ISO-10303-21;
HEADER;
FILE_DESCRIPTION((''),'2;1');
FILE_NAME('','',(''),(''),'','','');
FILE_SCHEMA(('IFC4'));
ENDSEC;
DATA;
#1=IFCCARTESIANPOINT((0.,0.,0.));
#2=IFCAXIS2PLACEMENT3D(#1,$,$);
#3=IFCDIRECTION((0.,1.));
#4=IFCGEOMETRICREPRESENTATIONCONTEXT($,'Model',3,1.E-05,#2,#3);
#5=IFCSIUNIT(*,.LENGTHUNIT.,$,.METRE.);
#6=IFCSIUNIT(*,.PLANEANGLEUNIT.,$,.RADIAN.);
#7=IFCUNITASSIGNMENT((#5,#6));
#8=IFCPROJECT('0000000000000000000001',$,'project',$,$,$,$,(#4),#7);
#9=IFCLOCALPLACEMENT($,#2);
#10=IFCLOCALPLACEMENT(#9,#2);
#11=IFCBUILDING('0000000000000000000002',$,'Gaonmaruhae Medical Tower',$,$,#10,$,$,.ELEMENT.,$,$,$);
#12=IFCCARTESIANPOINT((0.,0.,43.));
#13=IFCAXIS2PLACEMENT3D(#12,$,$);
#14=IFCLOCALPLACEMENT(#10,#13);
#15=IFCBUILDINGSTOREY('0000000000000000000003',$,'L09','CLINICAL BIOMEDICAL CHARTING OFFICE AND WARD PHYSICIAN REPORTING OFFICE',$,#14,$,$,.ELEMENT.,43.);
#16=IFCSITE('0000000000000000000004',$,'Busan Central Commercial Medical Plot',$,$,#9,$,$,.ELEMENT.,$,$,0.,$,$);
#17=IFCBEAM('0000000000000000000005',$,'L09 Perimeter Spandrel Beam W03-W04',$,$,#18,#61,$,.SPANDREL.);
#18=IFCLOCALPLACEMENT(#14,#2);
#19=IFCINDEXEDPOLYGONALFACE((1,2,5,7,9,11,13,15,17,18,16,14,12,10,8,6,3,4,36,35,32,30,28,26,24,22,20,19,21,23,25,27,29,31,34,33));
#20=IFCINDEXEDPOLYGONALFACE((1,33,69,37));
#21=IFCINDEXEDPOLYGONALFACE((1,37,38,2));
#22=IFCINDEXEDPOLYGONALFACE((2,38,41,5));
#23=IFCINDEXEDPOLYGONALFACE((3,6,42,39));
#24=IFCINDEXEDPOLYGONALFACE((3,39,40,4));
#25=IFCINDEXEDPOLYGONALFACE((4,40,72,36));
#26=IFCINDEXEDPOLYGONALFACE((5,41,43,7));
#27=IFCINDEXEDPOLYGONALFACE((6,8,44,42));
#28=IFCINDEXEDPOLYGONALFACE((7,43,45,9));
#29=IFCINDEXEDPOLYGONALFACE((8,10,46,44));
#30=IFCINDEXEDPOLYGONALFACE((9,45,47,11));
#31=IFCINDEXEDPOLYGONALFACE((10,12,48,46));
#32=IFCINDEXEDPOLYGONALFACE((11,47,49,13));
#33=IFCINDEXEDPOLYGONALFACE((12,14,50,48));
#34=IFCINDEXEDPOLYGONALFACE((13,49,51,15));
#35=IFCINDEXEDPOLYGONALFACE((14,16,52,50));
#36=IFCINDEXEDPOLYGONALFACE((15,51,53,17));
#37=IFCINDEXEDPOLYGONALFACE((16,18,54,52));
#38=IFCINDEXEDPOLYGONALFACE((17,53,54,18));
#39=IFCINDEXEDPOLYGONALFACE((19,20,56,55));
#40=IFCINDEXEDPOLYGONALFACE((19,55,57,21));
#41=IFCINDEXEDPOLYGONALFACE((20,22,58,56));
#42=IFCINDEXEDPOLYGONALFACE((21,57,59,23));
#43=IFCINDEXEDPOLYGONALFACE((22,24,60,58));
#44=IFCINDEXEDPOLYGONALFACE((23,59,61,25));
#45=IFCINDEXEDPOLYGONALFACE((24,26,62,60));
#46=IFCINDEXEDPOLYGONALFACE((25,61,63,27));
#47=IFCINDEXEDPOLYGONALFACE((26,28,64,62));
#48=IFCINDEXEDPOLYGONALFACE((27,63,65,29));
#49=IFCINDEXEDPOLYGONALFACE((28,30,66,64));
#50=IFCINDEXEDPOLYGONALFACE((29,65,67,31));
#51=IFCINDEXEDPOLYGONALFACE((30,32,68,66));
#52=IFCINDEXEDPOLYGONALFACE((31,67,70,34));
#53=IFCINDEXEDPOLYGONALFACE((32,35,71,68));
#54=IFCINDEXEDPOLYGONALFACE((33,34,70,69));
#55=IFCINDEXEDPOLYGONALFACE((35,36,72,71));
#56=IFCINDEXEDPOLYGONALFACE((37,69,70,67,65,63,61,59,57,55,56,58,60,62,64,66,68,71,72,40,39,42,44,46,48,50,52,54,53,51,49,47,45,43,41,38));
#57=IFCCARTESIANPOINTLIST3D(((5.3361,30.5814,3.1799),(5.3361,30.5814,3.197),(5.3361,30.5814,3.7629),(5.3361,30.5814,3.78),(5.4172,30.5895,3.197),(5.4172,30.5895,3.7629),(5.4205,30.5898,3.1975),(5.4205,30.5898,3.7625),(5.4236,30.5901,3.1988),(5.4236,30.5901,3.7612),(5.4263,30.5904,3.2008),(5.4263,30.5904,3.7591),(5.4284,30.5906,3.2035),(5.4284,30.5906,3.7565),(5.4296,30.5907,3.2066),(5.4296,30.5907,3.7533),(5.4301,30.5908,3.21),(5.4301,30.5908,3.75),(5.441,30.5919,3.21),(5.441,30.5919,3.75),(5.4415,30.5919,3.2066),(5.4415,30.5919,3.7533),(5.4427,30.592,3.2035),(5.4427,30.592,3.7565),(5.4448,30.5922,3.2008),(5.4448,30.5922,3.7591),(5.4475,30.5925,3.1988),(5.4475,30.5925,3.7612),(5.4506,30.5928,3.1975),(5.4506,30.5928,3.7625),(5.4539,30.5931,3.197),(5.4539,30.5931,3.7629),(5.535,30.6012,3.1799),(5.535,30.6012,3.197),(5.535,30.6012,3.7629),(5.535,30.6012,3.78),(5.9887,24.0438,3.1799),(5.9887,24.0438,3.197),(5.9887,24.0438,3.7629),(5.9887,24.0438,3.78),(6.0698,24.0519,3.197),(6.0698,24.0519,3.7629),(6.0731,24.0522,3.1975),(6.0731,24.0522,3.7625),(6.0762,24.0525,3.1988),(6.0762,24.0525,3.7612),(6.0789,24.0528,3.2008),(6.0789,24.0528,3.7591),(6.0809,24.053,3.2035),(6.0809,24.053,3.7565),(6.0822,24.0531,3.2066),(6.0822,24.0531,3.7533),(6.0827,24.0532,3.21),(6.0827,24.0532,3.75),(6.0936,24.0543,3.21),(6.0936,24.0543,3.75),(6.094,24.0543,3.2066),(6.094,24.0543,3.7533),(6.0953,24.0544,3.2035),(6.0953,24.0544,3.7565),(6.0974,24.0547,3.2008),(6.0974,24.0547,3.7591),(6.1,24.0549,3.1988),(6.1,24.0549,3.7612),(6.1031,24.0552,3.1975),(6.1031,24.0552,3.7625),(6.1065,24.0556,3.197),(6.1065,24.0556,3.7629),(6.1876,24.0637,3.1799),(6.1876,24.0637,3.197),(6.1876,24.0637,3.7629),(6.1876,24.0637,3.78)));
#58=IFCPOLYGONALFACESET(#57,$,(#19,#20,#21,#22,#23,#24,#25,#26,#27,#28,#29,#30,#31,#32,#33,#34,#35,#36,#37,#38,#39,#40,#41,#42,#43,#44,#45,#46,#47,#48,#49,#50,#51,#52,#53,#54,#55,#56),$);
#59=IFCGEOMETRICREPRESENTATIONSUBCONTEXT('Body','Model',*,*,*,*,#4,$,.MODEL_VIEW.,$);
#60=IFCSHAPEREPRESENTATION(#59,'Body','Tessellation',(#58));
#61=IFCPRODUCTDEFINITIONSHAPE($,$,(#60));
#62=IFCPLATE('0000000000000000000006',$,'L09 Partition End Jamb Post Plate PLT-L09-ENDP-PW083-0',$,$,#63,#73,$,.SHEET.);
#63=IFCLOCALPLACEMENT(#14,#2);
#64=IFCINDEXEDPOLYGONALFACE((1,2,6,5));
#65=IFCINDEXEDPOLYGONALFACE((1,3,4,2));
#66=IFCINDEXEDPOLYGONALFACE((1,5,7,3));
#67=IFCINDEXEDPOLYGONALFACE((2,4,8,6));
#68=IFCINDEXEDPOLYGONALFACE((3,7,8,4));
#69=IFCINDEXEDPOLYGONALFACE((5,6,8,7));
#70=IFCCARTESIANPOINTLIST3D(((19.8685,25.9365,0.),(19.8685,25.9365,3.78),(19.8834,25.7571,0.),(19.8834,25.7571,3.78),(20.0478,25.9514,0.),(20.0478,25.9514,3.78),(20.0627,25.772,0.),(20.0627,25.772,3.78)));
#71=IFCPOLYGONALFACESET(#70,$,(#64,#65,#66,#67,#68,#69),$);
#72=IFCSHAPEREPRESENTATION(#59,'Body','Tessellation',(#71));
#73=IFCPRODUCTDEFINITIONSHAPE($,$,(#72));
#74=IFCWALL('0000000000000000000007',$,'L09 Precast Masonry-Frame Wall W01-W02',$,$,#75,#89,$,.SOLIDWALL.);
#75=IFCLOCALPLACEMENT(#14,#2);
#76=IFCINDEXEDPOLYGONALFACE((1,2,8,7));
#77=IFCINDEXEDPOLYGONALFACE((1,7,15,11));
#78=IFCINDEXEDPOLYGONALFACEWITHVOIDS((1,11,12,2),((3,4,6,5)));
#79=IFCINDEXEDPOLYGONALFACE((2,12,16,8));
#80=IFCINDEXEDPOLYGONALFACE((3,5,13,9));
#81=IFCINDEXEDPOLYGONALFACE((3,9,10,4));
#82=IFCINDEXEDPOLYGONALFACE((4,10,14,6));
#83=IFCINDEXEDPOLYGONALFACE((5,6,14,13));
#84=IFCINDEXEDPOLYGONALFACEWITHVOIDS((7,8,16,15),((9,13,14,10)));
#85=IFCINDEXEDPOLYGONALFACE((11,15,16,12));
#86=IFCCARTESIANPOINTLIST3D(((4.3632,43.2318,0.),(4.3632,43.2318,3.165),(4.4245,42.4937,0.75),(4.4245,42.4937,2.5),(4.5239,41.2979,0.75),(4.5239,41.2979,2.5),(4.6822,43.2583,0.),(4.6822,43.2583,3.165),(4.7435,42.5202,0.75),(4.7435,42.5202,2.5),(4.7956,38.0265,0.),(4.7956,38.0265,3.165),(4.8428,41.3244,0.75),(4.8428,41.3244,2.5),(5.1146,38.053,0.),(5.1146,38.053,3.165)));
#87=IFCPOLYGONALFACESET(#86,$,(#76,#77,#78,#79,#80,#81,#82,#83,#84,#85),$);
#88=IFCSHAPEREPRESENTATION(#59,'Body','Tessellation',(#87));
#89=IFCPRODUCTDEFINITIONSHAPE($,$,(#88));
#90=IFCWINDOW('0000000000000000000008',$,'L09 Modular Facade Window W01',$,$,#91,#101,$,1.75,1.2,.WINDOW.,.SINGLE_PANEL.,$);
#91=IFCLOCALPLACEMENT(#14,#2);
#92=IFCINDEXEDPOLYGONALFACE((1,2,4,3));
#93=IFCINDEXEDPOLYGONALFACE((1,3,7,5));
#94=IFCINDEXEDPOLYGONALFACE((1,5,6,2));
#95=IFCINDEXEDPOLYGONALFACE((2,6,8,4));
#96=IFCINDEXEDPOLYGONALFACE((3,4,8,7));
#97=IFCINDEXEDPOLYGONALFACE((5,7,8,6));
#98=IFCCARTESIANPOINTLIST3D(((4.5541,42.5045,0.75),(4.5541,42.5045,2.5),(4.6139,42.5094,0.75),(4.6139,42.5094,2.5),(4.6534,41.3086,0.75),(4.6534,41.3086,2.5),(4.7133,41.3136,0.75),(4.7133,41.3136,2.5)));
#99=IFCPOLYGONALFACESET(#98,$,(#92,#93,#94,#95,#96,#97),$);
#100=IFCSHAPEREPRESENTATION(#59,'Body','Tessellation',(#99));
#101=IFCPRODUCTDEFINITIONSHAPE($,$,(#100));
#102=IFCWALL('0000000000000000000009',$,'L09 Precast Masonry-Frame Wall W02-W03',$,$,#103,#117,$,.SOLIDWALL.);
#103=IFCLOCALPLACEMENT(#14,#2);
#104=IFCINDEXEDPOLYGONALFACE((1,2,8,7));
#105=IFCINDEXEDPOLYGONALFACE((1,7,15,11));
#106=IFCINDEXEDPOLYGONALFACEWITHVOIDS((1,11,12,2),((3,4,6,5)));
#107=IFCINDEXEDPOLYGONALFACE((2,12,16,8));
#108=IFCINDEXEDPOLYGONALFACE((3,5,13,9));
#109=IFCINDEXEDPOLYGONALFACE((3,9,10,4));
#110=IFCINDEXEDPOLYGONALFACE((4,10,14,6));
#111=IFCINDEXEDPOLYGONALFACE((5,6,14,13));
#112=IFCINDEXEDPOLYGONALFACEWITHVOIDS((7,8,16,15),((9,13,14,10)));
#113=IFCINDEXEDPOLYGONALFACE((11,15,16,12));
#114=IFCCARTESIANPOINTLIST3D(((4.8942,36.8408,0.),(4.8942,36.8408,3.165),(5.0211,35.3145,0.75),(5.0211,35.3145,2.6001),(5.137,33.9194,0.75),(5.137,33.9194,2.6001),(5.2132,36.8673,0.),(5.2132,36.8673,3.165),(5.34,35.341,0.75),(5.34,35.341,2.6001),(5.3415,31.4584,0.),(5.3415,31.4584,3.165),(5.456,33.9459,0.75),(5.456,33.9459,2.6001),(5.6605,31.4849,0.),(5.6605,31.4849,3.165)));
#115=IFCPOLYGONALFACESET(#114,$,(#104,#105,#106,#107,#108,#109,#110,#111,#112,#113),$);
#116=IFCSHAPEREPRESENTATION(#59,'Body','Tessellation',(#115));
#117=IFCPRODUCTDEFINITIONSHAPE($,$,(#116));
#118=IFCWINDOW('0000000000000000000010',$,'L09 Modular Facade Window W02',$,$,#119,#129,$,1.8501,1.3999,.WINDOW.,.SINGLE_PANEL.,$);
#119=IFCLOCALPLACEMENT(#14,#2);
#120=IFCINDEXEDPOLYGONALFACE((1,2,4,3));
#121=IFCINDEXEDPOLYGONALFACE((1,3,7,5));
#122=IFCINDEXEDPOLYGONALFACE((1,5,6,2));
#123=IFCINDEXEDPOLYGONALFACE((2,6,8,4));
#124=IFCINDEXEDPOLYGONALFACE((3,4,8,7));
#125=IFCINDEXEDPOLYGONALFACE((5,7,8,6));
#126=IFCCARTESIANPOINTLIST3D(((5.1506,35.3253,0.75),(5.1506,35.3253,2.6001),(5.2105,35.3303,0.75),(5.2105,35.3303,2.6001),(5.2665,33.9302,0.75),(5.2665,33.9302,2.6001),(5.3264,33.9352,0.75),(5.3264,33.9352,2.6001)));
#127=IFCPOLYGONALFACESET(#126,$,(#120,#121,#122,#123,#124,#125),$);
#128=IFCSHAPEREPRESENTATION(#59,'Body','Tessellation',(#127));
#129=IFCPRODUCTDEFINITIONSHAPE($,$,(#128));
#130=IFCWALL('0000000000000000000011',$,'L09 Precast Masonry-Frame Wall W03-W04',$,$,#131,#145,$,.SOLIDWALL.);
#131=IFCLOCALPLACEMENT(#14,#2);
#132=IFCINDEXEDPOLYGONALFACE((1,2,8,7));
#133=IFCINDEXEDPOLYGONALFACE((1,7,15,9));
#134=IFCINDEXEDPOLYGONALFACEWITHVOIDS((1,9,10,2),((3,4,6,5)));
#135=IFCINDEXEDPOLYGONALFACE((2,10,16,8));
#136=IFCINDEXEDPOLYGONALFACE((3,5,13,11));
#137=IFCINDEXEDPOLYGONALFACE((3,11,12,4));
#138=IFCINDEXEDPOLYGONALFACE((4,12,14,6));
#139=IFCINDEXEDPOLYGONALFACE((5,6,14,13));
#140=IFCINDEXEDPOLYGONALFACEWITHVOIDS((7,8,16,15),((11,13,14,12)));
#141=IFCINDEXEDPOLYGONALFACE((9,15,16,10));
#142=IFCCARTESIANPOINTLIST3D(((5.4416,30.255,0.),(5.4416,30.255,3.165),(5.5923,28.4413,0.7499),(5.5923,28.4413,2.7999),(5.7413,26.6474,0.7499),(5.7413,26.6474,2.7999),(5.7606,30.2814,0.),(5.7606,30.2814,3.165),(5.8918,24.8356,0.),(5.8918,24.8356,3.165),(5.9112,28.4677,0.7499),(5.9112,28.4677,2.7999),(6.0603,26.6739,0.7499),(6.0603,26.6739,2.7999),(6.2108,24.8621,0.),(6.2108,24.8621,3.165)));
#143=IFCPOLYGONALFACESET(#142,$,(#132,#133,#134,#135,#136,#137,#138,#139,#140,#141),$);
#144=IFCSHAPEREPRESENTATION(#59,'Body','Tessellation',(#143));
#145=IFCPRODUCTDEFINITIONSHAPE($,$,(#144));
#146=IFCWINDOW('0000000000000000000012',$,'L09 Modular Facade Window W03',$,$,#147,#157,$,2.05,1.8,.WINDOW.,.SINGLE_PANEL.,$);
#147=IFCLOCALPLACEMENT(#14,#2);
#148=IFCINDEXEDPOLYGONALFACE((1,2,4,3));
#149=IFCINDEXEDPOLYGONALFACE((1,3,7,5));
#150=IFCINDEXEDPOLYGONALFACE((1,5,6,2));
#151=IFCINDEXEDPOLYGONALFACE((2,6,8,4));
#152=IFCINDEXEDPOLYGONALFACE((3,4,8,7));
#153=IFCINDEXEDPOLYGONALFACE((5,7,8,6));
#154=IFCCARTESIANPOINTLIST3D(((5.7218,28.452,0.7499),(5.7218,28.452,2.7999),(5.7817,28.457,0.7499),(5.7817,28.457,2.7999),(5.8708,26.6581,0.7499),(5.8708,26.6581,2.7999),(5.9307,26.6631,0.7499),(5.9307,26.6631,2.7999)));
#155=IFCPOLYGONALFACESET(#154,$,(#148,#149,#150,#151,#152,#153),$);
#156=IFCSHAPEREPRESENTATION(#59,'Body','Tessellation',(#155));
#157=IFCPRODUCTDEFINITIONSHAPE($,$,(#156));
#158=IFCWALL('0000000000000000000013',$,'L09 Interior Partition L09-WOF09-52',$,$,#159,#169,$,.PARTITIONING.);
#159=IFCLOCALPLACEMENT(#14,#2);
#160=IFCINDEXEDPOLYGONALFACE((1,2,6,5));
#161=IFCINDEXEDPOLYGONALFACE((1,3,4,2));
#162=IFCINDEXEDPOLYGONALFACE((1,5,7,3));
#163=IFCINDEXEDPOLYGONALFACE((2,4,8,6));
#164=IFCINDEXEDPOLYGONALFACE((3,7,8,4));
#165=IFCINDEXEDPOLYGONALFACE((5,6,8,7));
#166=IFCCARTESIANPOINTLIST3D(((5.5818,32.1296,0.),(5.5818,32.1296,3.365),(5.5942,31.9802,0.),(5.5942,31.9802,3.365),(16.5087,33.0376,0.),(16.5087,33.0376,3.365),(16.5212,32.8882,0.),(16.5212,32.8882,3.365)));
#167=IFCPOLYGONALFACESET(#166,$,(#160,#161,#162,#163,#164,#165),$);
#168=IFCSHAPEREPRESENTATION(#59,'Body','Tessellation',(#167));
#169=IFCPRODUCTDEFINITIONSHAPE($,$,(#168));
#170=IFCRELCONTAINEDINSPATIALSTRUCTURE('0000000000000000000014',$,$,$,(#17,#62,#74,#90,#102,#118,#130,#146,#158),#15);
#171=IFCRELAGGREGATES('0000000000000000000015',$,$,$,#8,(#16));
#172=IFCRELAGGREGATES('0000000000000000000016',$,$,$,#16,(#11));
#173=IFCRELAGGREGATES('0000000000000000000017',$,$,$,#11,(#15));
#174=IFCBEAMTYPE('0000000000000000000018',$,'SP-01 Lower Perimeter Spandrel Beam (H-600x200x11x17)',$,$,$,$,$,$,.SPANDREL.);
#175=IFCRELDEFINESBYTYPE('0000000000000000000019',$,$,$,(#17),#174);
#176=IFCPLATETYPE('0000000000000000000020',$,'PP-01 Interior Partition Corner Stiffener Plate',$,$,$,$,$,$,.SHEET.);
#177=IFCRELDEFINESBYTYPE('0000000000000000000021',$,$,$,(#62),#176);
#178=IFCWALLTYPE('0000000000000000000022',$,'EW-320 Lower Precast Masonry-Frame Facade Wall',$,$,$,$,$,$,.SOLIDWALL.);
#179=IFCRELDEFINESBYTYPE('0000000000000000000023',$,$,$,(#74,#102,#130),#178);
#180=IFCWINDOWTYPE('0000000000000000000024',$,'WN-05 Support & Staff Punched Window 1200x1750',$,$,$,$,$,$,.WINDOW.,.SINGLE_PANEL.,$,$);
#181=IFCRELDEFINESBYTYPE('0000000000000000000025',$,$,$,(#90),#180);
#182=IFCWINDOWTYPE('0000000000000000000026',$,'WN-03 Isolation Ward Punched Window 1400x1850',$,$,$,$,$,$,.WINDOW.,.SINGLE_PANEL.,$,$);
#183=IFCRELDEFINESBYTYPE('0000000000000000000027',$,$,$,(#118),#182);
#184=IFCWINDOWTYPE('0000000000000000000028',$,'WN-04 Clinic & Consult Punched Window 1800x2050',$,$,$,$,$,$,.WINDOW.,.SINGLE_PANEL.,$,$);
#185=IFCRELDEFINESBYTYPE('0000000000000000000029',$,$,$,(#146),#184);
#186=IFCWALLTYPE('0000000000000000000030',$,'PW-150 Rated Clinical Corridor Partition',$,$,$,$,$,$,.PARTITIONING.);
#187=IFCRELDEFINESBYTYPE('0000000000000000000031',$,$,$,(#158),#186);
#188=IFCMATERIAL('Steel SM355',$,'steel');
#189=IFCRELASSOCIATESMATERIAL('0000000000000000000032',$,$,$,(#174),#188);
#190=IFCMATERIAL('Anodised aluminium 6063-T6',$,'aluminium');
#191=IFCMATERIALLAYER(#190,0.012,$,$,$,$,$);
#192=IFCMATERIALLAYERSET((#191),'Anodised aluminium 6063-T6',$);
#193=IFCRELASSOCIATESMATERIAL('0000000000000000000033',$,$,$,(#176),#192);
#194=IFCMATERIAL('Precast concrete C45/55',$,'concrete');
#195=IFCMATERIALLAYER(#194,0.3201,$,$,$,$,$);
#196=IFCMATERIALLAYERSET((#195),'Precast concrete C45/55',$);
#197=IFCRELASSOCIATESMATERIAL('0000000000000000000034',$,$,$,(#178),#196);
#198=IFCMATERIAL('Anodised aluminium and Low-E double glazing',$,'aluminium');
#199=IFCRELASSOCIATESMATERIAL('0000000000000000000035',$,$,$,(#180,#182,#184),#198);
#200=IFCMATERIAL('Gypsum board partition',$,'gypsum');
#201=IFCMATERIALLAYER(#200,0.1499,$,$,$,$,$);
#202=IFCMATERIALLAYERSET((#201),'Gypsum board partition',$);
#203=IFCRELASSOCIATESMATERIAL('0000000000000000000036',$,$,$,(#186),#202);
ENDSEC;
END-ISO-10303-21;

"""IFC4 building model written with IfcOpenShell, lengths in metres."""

from ifc_helpers import new_model, si_unit, direction, frame, frame_2d, origin, origin_2d, place, context, subcontext, project, spatial, rectangle, i_section, extrude, material, layer, layer_set, material_profile, profile_set, type_object, element, fill, save


model = new_model("IFC4")

# Units and contexts
model_context = context("Model", 3, precision=1e-05, world=origin(), true_north=direction((0.0, 1.0)))
body_context = subcontext(model_context, "Body", "Model", "MODEL_VIEW")
ifc_project = project(units=[si_unit("LENGTHUNIT", "METRE"), si_unit("PLANEANGLEUNIT", "RADIAN")], contexts=[model_context])

# Site, building, storey
site_placement = place(None, origin())
site = spatial("IfcSite", under=ifc_project, at=site_placement, Name="Busan Central Commercial Medical Plot", CompositionType="ELEMENT", RefElevation=0.0)
building_placement = place(site_placement, origin())
building = spatial("IfcBuilding", under=site, at=building_placement, Name="Gaonmaruhae Medical Tower", CompositionType="ELEMENT")
storey_placement = place(building_placement, frame((0.0, 0.0, 43.0)))
storey = spatial("IfcBuildingStorey", under=building, at=storey_placement, Name="L09", Description="CLINICAL BIOMEDICAL CHARTING OFFICE AND WARD PHYSICIAN REPORTING OFFICE", CompositionType="ELEMENT", Elevation=43.0)

# Beam
ifc_material_1 = material(Name="Steel SM355", Category="steel")
ifc_material_profile_1 = material_profile(ifc_material_1, i_section(OverallWidth=0.2, OverallDepth=0.6001, WebThickness=0.011, FlangeThickness=0.0171, FilletRadius=0.0129, at=origin_2d()), Name="H-600x200x11x17")
ifc_profile_set_1 = profile_set([ifc_material_profile_1], Name="Steel SM355")
beam_type_1 = type_object("IfcBeamType", Name="SP-01 Lower Perimeter Spandrel Beam (H-600x200x11x17)", PredefinedType="SPANDREL", material=ifc_profile_set_1)
beam_1_placement = place(storey_placement, frame((5.4355, 30.5913, 3.48), z_axis=(0.099327, -0.995055, 0.0), x_axis=(0.995055, 0.099327, 0.0)))
element("IfcBeam", 1, at=beam_1_placement, inside=storey, type_object=beam_type_1, Name="L09 Perimeter Spandrel Beam W03-W04", PredefinedType="SPANDREL", context=body_context, shape_type="SweptSolid", body=[
    extrude(i_section(OverallWidth=0.2, OverallDepth=0.6001, WebThickness=0.011, FlangeThickness=0.0171, FilletRadius=0.0129, at=origin_2d()), origin(), (0.0, 0.0, 1.0), 6.5701),
])

# Plate
ifc_material_2 = material(Name="Anodised aluminium 6063-T6", Category="aluminium")
ifc_layer_1 = layer(ifc_material_2, 0.012)
ifc_layer_set_1 = layer_set([ifc_layer_1], Name="Anodised aluminium 6063-T6")
plate_type = type_object("IfcPlateType", Name="PP-01 Interior Partition Corner Stiffener Plate", PredefinedType="SHEET", material=ifc_layer_set_1)
plate_placement = place(storey_placement, frame((19.9656, 25.8542, 0.0), z_axis=(0.0, 0.0, 1.0), x_axis=(-0.082808, 0.996566, 0.0)))
element("IfcPlate", 2, at=plate_placement, inside=storey, type_object=plate_type, Name="L09 Partition End Jamb Post Plate PLT-L09-ENDP-PW083-0", PredefinedType="SHEET", context=body_context, shape_type="SweptSolid", body=[
    extrude(rectangle(XDim=0.1799, YDim=0.1799, at=origin_2d()), origin(), (0.0, 0.0, 1.0), 3.78),
])

# Walls, openings, windows
ifc_material_3 = material(Name="Precast concrete C45/55", Category="concrete")
ifc_layer_2 = layer(ifc_material_3, 0.3201)
ifc_layer_set_2 = layer_set([ifc_layer_2], Name="Precast concrete C45/55")
wall_type_1 = type_object("IfcWallType", Name="EW-320 Lower Precast Masonry-Frame Facade Wall", PredefinedType="SOLIDWALL", material=ifc_layer_set_2)
wall_1_placement = place(storey_placement, frame((4.9551, 38.0398, 0.0), z_axis=(0.0, 0.0, 1.0), x_axis=(-0.082779, 0.996568, 0.0)))
wall_1 = element("IfcWall", 3, at=wall_1_placement, inside=storey, type_object=wall_type_1, Name="L09 Precast Masonry-Frame Wall W01-W02", PredefinedType="SOLIDWALL", context=body_context, shape_type="SweptSolid", body=[
    extrude(rectangle(XDim=5.2231, YDim=0.3201, at=frame_2d((2.6116, 0.0))), origin(), (0.0, 0.0, 1.0), 3.165),
])
opening_1_placement = place(wall_1_placement, frame((3.2825, 0.0, 0.75)))
opening_1 = element("IfcOpeningElement", 4, at=opening_1_placement, cuts=wall_1, PredefinedType="OPENING", context=body_context, shape_type="SweptSolid", body=[
    extrude(rectangle(XDim=1.2, YDim=1.75, at=frame_2d((0.6001, 0.875))), frame((0.0, 0.1699, 0.0), z_axis=(0.0, -1.0, 0.0), x_axis=(1.0, 0.0, 0.0)), (0.0, 0.0, 1.0), 0.3401),
])
ifc_material_4 = material(Name="Anodised aluminium and Low-E double glazing", Category="aluminium")
window_type_1 = type_object("IfcWindowType", Name="WN-05 Support & Staff Punched Window 1200x1750", PartitioningType="SINGLE_PANEL", PredefinedType="WINDOW", material=ifc_material_4)
window_1_placement = place(opening_1_placement, origin())
window_1 = element("IfcWindow", 5, at=window_1_placement, inside=storey, type_object=window_type_1, Name="L09 Modular Facade Window W01", OverallHeight=1.75, OverallWidth=1.2, PartitioningType="SINGLE_PANEL", PredefinedType="WINDOW", context=body_context, shape_type="SweptSolid", body=[
    extrude(rectangle(XDim=1.2, YDim=1.75, at=frame_2d((0.6001, 0.875))), frame((0.0, 0.03, 0.0), z_axis=(0.0, -1.0, 0.0), x_axis=(1.0, 0.0, 0.0)), (0.0, 0.0, 1.0), 0.0601),
])
fill(opening_1, window_1)
wall_2_placement = place(storey_placement, frame((5.501, 31.4717, 0.0), z_axis=(0.0, 0.0, 1.0), x_axis=(-0.082814, 0.996565, 0.0)))
wall_2 = element("IfcWall", 6, at=wall_2_placement, inside=storey, type_object=wall_type_1, Name="L09 Precast Masonry-Frame Wall W02-W03", PredefinedType="SOLIDWALL", context=body_context, shape_type="SweptSolid", body=[
    extrude(rectangle(XDim=5.4009, YDim=0.3201, at=frame_2d((2.7004, 0.0))), origin(), (0.0, 0.0, 1.0), 3.165),
])
opening_2_placement = place(wall_2_placement, frame((2.4695, 0.0, 0.75)))
opening_2 = element("IfcOpeningElement", 7, at=opening_2_placement, cuts=wall_2, PredefinedType="OPENING", context=body_context, shape_type="SweptSolid", body=[
    extrude(rectangle(XDim=1.3999, YDim=1.8501, at=frame_2d((0.7, 0.925))), frame((0.0, 0.1699, 0.0), z_axis=(0.0, -1.0, 0.0), x_axis=(1.0, 0.0, 0.0)), (0.0, 0.0, 1.0), 0.3401),
])
window_type_2 = type_object("IfcWindowType", Name="WN-03 Isolation Ward Punched Window 1400x1850", PartitioningType="SINGLE_PANEL", PredefinedType="WINDOW", material=ifc_material_4)
window_2_placement = place(opening_2_placement, origin())
window_2 = element("IfcWindow", 8, at=window_2_placement, inside=storey, type_object=window_type_2, Name="L09 Modular Facade Window W02", OverallHeight=1.8501, OverallWidth=1.3999, PartitioningType="SINGLE_PANEL", PredefinedType="WINDOW", context=body_context, shape_type="SweptSolid", body=[
    extrude(rectangle(XDim=1.3999, YDim=1.8501, at=frame_2d((0.7, 0.925))), frame((0.0, 0.03, 0.0), z_axis=(0.0, -1.0, 0.0), x_axis=(1.0, 0.0, 0.0)), (0.0, 0.0, 1.0), 0.0601),
])
fill(opening_2, window_2)
wall_3_placement = place(storey_placement, frame((6.0513, 24.8489, 0.0), z_axis=(0.0, 0.0, 1.0), x_axis=(-0.082785, 0.996567, 0.0)))
wall_3 = element("IfcWall", 9, at=wall_3_placement, inside=storey, type_object=wall_type_1, Name="L09 Precast Masonry-Frame Wall W03-W04", PredefinedType="SOLIDWALL", context=body_context, shape_type="SweptSolid", body=[
    extrude(rectangle(XDim=5.438, YDim=0.3201, at=frame_2d((2.719, 0.0))), origin(), (0.0, 0.0, 1.0), 3.165),
])
opening_3_placement = place(wall_3_placement, frame((1.8181, 0.0, 0.75)))
opening_3 = element("IfcOpeningElement", 10, at=opening_3_placement, cuts=wall_3, PredefinedType="OPENING", context=body_context, shape_type="SweptSolid", body=[
    extrude(rectangle(XDim=1.8, YDim=2.05, at=frame_2d((0.8999, 1.0249))), frame((0.0, 0.1699, 0.0), z_axis=(0.0, -1.0, 0.0), x_axis=(1.0, 0.0, 0.0)), (0.0, 0.0, 1.0), 0.3401),
])
window_type_3 = type_object("IfcWindowType", Name="WN-04 Clinic & Consult Punched Window 1800x2050", PartitioningType="SINGLE_PANEL", PredefinedType="WINDOW", material=ifc_material_4)
window_3_placement = place(opening_3_placement, origin())
window_3 = element("IfcWindow", 11, at=window_3_placement, inside=storey, type_object=window_type_3, Name="L09 Modular Facade Window W03", OverallHeight=2.05, OverallWidth=1.8, PartitioningType="SINGLE_PANEL", PredefinedType="WINDOW", context=body_context, shape_type="SweptSolid", body=[
    extrude(rectangle(XDim=1.8, YDim=2.05, at=frame_2d((0.8999, 1.0249))), frame((0.0, 0.03, 0.0), z_axis=(0.0, -1.0, 0.0), x_axis=(1.0, 0.0, 0.0)), (0.0, 0.0, 1.0), 0.0601),
])
fill(opening_3, window_3)

# Wall
ifc_material_5 = material(Name="Gypsum board partition", Category="gypsum")
ifc_layer_3 = layer(ifc_material_5, 0.1499)
ifc_layer_set_3 = layer_set([ifc_layer_3], Name="Gypsum board partition")
wall_type_2 = type_object("IfcWallType", Name="PW-150 Rated Clinical Corridor Partition", PredefinedType="PARTITIONING", material=ifc_layer_set_3)
wall_4_placement = place(storey_placement, frame((5.5879, 32.0549, 0.0), z_axis=(0.0, 0.0, 1.0), x_axis=(0.996566, 0.082808, 0.0)))
element("IfcWall", 12, at=wall_4_placement, inside=storey, type_object=wall_type_2, Name="L09 Interior Partition L09-WOF09-52", PredefinedType="PARTITIONING", context=body_context, shape_type="SweptSolid", body=[
    extrude(rectangle(XDim=10.9646, YDim=0.1499, at=frame_2d((5.4824, 0.0))), origin(), (0.0, 0.0, 1.0), 3.365),
])

save(model, "model.ifc")
